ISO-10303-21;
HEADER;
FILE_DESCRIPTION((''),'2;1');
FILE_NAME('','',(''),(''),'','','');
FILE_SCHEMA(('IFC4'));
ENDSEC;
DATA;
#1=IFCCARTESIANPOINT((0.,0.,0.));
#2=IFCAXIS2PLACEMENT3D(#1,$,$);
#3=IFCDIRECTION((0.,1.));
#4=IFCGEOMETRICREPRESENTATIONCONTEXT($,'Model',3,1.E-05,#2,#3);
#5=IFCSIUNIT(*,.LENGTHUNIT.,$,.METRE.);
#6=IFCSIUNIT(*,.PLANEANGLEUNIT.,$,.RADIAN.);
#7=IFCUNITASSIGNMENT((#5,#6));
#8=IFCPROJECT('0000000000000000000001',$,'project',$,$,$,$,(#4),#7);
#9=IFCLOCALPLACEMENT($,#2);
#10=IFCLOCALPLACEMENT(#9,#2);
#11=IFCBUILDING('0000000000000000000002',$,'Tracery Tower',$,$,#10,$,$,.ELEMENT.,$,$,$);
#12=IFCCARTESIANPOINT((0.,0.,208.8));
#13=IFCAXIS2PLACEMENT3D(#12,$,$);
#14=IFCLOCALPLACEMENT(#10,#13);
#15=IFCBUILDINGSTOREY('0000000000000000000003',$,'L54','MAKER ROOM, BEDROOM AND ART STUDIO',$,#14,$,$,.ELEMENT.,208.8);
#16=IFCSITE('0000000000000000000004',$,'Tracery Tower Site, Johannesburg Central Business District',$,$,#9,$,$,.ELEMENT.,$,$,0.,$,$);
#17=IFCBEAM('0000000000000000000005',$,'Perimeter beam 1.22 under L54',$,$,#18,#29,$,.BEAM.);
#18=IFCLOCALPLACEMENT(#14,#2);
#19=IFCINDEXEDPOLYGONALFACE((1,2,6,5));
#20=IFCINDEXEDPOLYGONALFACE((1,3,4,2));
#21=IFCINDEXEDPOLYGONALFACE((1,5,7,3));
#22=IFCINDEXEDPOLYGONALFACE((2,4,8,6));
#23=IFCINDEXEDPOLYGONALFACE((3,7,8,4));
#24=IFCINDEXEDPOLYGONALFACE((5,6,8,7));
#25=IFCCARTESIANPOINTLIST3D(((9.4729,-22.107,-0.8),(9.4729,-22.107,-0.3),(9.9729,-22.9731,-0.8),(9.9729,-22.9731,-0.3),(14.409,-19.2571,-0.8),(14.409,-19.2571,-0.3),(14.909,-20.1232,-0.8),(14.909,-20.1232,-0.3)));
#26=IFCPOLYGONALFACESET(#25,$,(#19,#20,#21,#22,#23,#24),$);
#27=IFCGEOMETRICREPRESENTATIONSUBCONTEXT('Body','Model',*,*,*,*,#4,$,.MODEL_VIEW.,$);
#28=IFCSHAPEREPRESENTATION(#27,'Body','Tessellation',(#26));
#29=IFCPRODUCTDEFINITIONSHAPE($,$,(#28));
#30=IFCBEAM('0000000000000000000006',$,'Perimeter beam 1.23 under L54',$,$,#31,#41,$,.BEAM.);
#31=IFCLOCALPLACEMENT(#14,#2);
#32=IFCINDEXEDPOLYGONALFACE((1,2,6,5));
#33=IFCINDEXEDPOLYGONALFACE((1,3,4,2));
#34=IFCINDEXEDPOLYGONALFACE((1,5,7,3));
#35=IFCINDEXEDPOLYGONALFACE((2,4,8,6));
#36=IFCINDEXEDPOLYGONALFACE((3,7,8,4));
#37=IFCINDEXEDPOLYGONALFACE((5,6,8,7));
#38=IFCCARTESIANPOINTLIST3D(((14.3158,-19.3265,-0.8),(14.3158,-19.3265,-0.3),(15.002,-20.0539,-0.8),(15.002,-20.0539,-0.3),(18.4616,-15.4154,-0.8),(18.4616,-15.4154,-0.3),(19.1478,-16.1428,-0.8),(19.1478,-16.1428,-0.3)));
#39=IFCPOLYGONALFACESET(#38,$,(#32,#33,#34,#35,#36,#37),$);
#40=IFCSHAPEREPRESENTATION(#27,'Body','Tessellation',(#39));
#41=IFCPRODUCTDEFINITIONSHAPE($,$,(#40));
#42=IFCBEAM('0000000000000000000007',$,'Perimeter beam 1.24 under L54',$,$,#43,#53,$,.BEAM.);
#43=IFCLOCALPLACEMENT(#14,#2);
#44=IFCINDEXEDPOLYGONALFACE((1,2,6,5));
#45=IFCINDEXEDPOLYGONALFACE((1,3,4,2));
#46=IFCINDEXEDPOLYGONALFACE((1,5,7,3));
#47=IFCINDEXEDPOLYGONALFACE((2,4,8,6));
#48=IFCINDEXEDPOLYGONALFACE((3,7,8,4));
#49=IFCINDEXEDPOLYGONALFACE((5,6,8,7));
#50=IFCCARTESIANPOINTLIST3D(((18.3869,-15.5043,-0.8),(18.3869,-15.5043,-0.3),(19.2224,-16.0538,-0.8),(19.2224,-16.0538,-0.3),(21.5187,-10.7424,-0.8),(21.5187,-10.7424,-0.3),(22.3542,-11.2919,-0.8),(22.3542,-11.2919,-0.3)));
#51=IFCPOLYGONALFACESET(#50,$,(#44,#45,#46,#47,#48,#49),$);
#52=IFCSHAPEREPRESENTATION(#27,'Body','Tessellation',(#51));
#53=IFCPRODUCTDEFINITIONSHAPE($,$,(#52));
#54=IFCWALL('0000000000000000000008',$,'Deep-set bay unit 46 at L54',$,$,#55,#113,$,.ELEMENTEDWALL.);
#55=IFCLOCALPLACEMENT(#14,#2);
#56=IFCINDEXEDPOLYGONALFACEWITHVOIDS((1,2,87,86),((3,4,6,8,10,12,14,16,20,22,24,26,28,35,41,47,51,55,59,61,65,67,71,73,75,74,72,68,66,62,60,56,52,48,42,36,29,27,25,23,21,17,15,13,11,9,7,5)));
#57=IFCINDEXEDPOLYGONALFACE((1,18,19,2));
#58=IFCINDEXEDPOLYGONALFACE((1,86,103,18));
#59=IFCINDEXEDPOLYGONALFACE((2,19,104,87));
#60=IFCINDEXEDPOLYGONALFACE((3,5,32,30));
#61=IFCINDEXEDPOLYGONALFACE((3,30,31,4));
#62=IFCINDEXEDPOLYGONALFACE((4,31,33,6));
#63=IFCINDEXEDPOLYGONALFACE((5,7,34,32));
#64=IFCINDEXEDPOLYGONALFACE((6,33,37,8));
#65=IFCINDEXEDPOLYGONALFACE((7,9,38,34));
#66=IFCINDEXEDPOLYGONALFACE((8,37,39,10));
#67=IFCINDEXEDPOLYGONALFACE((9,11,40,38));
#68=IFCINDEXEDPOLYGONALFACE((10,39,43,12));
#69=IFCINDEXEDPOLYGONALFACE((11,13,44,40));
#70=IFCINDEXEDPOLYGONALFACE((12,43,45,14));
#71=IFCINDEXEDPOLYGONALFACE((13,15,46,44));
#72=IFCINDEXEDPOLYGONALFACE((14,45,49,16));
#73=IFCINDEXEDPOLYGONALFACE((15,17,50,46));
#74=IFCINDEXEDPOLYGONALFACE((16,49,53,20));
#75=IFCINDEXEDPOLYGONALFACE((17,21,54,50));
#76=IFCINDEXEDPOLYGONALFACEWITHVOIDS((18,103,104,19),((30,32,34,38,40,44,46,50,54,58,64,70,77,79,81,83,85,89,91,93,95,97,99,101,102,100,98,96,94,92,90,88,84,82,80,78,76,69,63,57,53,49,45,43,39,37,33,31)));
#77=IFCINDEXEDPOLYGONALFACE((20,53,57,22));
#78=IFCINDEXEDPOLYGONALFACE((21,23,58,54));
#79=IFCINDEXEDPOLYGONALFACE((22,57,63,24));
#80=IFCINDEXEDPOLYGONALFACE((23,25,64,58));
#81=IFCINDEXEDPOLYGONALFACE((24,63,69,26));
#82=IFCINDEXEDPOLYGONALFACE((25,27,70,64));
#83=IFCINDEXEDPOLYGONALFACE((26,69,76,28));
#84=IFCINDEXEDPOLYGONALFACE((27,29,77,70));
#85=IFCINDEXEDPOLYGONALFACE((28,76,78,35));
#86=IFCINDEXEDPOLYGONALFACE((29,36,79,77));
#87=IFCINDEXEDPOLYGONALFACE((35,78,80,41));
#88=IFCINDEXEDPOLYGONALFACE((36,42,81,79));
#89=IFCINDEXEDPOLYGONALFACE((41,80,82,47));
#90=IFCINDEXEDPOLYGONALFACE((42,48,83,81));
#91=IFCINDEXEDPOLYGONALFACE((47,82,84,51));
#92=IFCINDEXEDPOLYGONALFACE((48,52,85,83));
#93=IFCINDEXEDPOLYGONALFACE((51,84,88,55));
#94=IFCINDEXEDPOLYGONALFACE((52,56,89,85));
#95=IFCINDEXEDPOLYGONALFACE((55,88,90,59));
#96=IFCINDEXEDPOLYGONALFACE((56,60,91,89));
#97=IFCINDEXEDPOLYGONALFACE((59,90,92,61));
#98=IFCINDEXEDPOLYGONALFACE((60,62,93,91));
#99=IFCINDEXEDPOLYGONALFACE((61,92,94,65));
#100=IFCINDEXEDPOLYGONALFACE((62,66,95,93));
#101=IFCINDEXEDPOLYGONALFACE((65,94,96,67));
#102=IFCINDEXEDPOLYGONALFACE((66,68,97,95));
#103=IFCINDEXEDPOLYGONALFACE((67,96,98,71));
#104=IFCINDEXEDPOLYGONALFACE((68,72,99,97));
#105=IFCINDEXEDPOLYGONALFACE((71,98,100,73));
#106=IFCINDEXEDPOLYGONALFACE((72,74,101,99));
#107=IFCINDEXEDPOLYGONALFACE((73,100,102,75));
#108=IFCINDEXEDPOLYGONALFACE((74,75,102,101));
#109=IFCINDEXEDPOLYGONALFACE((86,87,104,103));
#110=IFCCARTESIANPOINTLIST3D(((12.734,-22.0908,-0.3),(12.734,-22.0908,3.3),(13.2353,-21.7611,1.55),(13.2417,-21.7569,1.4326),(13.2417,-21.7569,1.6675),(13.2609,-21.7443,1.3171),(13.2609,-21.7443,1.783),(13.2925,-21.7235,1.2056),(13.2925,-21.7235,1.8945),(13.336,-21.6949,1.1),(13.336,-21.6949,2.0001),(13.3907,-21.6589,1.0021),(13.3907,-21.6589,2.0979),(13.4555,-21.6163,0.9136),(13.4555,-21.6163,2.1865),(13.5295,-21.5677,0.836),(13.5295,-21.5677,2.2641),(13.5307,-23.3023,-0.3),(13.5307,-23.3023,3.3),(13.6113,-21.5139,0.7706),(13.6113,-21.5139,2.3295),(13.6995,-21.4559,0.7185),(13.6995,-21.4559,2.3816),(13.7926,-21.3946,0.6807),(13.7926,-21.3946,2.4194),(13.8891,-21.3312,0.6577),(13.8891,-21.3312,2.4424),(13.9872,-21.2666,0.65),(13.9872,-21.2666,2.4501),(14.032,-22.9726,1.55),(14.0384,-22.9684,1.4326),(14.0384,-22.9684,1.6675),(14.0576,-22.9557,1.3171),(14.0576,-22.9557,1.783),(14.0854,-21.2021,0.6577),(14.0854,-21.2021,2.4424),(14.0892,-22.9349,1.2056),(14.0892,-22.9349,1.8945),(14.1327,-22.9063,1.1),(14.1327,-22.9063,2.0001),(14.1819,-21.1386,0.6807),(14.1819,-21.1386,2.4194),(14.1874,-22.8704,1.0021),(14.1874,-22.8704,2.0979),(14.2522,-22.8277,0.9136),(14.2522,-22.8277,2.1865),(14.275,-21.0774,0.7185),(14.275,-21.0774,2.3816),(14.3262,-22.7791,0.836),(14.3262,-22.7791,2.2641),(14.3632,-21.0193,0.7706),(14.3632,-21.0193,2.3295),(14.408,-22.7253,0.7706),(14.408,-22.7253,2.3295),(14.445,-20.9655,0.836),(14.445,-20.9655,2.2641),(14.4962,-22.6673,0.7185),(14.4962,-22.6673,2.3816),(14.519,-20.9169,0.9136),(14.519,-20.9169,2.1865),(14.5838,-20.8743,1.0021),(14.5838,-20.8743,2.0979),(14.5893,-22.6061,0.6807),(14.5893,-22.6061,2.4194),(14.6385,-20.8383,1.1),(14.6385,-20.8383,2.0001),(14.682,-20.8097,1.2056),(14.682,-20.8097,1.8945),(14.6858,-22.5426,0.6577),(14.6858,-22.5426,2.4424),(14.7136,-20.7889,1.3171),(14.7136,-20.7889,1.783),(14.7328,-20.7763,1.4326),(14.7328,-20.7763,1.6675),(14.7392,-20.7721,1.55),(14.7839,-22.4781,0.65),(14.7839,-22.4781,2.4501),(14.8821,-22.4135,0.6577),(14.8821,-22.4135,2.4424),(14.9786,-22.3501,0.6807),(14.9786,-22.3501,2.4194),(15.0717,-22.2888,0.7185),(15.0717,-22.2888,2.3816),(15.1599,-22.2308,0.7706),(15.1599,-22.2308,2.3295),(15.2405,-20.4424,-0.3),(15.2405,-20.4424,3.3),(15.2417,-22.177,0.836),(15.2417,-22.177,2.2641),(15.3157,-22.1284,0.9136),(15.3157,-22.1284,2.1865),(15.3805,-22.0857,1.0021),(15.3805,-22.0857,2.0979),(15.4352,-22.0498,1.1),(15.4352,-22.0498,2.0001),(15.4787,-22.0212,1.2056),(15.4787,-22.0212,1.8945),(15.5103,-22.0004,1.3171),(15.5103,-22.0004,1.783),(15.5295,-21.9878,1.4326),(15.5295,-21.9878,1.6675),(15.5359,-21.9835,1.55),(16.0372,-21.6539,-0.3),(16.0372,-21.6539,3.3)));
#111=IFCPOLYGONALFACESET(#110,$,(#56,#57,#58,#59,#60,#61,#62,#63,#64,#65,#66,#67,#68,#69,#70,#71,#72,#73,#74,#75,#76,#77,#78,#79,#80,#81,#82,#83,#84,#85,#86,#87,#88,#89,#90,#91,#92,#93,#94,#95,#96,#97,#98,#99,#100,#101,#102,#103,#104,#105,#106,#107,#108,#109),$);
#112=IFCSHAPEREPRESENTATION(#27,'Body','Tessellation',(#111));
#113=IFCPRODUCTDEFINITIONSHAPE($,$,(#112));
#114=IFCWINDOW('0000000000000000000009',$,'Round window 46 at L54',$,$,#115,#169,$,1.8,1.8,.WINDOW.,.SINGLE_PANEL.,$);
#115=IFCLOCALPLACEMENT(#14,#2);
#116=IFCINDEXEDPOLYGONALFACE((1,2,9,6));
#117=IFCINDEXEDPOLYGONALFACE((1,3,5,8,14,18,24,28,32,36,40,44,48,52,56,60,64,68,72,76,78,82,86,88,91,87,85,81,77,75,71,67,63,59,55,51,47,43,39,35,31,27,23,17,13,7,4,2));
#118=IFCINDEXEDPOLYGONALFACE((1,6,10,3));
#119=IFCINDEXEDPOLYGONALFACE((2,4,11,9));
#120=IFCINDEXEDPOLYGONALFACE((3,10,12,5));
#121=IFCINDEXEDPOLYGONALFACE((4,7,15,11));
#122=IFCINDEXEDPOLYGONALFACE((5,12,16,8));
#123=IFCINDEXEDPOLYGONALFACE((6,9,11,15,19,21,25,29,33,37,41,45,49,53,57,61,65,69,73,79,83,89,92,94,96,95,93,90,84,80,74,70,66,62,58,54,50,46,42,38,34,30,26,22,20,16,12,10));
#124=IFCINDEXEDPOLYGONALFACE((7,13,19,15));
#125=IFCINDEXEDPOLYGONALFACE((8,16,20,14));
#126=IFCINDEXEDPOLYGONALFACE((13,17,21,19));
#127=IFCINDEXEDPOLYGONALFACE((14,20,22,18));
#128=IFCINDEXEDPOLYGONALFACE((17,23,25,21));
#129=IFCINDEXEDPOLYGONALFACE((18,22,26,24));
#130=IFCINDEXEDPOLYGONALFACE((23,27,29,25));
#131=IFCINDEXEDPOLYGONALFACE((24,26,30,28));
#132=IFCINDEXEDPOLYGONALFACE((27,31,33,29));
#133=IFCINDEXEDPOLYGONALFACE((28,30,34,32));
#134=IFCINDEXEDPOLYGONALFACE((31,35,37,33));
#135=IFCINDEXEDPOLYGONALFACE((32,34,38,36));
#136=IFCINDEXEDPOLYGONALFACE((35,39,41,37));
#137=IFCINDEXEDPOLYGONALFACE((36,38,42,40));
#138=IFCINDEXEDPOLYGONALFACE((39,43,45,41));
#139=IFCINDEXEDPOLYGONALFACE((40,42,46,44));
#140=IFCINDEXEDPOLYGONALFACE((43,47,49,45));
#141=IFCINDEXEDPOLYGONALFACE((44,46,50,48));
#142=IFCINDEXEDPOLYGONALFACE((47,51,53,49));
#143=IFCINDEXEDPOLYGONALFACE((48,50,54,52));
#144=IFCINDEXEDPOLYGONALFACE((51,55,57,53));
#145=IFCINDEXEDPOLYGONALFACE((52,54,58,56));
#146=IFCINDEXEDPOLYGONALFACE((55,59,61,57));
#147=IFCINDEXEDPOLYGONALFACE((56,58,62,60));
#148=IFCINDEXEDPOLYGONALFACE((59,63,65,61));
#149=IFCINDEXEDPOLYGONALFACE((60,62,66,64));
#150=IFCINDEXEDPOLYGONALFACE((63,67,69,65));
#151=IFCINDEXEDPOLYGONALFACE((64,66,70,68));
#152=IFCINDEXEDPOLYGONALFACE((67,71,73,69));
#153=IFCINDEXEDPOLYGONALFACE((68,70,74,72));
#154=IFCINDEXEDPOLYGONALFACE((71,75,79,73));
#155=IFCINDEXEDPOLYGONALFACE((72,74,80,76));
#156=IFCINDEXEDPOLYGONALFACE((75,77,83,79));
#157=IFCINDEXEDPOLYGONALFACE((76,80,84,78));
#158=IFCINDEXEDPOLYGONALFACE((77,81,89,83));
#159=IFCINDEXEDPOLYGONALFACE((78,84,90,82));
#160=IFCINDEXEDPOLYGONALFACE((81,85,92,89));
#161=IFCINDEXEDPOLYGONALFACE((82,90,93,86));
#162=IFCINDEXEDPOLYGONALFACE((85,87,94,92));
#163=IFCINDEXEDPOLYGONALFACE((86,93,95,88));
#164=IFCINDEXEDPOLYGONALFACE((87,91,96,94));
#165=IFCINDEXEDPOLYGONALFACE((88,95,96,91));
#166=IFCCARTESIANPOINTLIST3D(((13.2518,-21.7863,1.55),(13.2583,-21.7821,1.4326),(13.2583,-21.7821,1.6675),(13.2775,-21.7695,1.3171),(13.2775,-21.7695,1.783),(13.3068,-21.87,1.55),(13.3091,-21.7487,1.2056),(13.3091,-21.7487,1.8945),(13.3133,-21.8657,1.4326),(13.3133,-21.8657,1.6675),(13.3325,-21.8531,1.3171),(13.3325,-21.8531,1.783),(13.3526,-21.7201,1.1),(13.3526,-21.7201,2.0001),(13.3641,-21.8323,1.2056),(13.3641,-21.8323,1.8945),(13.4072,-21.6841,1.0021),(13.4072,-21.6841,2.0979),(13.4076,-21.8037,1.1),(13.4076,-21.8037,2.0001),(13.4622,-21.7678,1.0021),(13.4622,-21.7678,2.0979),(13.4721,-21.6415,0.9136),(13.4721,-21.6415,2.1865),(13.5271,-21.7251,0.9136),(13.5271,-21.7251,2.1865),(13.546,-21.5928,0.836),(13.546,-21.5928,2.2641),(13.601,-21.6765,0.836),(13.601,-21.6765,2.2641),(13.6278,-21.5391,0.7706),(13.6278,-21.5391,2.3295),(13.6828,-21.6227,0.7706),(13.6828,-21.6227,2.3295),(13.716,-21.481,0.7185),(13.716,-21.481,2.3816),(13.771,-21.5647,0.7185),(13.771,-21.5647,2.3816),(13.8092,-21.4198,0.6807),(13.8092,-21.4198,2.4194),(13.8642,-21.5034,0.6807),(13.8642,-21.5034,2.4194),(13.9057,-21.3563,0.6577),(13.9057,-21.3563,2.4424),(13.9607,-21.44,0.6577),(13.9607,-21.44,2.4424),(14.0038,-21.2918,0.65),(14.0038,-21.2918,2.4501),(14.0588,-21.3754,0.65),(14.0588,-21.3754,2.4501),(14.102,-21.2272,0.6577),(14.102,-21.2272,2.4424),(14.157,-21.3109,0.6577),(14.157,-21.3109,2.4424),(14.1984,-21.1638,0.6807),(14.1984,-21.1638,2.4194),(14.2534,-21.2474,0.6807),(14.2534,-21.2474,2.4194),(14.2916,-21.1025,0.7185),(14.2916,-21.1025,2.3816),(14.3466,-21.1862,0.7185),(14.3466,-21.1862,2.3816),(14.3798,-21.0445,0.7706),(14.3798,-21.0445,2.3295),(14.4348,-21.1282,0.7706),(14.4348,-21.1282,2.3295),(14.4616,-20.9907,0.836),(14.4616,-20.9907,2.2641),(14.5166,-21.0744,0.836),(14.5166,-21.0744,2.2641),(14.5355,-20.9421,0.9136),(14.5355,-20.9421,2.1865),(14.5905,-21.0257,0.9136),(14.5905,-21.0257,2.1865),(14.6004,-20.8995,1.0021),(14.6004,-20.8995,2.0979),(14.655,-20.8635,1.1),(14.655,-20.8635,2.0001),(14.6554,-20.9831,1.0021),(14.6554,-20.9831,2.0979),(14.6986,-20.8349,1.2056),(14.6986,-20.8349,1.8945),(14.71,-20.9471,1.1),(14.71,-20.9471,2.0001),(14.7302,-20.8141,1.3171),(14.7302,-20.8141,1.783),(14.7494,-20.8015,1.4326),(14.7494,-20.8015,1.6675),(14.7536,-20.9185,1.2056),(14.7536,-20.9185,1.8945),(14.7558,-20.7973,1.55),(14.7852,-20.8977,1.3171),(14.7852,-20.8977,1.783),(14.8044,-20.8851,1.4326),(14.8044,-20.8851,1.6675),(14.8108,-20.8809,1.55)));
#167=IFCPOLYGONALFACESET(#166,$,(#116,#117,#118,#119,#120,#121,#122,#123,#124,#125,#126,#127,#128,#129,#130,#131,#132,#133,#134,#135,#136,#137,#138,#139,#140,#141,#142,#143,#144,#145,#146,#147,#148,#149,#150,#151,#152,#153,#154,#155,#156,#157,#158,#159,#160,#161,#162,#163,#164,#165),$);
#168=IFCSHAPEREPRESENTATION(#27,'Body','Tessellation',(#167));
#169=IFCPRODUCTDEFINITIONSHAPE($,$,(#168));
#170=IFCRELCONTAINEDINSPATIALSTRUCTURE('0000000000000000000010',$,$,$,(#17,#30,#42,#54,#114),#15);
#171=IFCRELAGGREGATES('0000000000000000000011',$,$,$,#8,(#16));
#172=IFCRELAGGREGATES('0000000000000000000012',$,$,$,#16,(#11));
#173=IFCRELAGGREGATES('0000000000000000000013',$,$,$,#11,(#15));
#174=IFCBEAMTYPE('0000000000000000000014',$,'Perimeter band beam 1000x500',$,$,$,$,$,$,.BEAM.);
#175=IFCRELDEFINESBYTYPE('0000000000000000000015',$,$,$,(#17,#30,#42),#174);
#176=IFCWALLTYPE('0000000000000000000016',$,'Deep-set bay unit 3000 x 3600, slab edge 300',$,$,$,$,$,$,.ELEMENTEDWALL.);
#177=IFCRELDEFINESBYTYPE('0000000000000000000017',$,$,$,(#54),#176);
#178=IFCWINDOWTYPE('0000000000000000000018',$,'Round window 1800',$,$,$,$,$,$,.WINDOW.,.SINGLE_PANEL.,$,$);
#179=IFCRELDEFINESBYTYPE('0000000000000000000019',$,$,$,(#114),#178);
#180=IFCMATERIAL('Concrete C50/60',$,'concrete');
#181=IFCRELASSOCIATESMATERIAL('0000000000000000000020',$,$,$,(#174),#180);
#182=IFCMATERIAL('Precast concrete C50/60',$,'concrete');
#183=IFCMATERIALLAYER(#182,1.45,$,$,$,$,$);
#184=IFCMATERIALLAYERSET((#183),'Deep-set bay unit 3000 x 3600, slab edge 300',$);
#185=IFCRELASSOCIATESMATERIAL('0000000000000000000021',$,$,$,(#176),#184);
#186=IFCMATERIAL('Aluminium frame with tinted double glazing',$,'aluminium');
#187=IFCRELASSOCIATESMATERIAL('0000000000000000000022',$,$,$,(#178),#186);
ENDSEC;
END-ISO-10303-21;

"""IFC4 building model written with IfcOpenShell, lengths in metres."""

from ifc_helpers import new_model, si_unit, direction, frame, frame_2d, origin, origin_2d, place, context, subcontext, project, spatial, rectangle, circle, extrude, material, layer, layer_set, material_profile, profile_set, type_object, element, fill, save


model = new_model("IFC4")

# Units and contexts
model_context = context("Model", 3, precision=1e-05, world=origin(), true_north=direction((0.0, 1.0)))
body_context = subcontext(model_context, "Body", "Model", "MODEL_VIEW")
ifc_project = project(units=[si_unit("LENGTHUNIT", "METRE"), si_unit("PLANEANGLEUNIT", "RADIAN")], contexts=[model_context])

# Site, building, storey
site_placement = place(None, origin())
site = spatial("IfcSite", under=ifc_project, at=site_placement, Name="Tracery Tower Site, Johannesburg Central Business District", CompositionType="ELEMENT", RefElevation=0.0)
building_placement = place(site_placement, origin())
building = spatial("IfcBuilding", under=site, at=building_placement, Name="Tracery Tower", CompositionType="ELEMENT")
storey_placement = place(building_placement, frame((0.0, 0.0, 208.8)))
storey = spatial("IfcBuildingStorey", under=building, at=storey_placement, Name="L54", Description="MAKER ROOM, BEDROOM AND ART STUDIO", CompositionType="ELEMENT", Elevation=208.8)

# Beams
ifc_material_1 = material(Name="Concrete C50/60", Category="concrete")
ifc_material_profile_1 = material_profile(ifc_material_1, rectangle(XDim=1.0, YDim=0.5, at=origin_2d()), Name="RC 1000x500")
ifc_profile_set_1 = profile_set([ifc_material_profile_1], Name="Concrete C50/60")
beam_type = type_object("IfcBeamType", Name="Perimeter band beam 1000x500", PredefinedType="BEAM", material=ifc_profile_set_1)
beam_placement = place(storey_placement, frame((9.7229, -22.54, -0.55), z_axis=(0.866023, 0.500004, 0.0), x_axis=(-0.500004, 0.866023, 0.0)))
element("IfcBeam", 1, at=beam_placement, inside=storey, type_object=beam_type, Name="Perimeter beam 1.22 under L54", PredefinedType="BEAM", context=body_context, shape_type="SweptSolid", body=[
    extrude(rectangle(XDim=1.0, YDim=0.5, at=origin_2d()), origin(), (0.0, 0.0, 1.0), 5.6997),
])
for number, where, z_axis, x_axis, name in (
    (2, (14.6589, -19.6902, -0.55), (0.72739, 0.686225, 0.0), (-0.686225, 0.72739, 0.0), "Perimeter beam 1.23 under L54"),
    (3, (18.8047, -15.7791, -0.55), (0.54949, 0.8355, 0.0), (-0.8355, 0.54949, 0.0), "Perimeter beam 1.24 under L54"),
):
    element("IfcBeam", number, at=place(storey_placement, frame(where, z_axis=z_axis, x_axis=x_axis)), inside=storey, type_object=beam_type, Name=name, PredefinedType="BEAM", context=body_context, shape_type="SweptSolid", body=[
        extrude(rectangle(XDim=1.0, YDim=0.5, at=origin_2d()), origin(), (0.0, 0.0, 1.0), 5.6995),
    ])

# Wall, opening, window
ifc_material_2 = material(Name="Precast concrete C50/60", Category="concrete")
ifc_layer_1 = layer(ifc_material_2, 1.45)
ifc_layer_set_1 = layer_set([ifc_layer_1], Name="Deep-set bay unit 3000 x 3600, slab edge 300")
wall_type_1 = type_object("IfcWallType", Name="Deep-set bay unit 3000 x 3600, slab edge 300", PredefinedType="ELEMENTEDWALL", material=ifc_layer_set_1)
wall_1_placement = place(storey_placement, frame((13.1323, -22.6965, -0.3), z_axis=(0.0, 0.0, 1.0), x_axis=(0.835514, 0.549469, 0.0)))
wall_1 = element("IfcWall", 4, at=wall_1_placement, inside=storey, type_object=wall_type_1, Name="Deep-set bay unit 46 at L54", PredefinedType="ELEMENTEDWALL", context=body_context, shape_type="SweptSolid", body=[
    extrude(rectangle(XDim=3.0, YDim=1.45, at=frame_2d((1.5, 0.0))), origin(), (0.0, 0.0, 1.0), 3.6001),
])
opening_1_placement = place(wall_1_placement, frame((1.5, 0.0, 1.8501)))
opening_1 = element("IfcOpeningElement", 5, at=opening_1_placement, cuts=wall_1, PredefinedType="OPENING", context=body_context, shape_type="SweptSolid", body=[
    extrude(circle(Radius=0.9, at=origin_2d()), frame((0.0, 0.7349, 0.0), z_axis=(0.0, -1.0, 0.0), x_axis=(1.0, 0.0, 0.0)), (0.0, 0.0, 1.0), 1.47),
])
ifc_material_3 = material(Name="Aluminium frame with tinted double glazing", Category="aluminium")
window_type = type_object("IfcWindowType", Name="Round window 1800", PartitioningType="SINGLE_PANEL", PredefinedType="WINDOW", material=ifc_material_3)
window_1_placement = place(opening_1_placement, origin())
window_1 = element("IfcWindow", 6, at=window_1_placement, inside=storey, type_object=window_type, Name="Round window 46 at L54", OverallHeight=1.8, OverallWidth=1.8, PartitioningType="SINGLE_PANEL", PredefinedType="WINDOW", context=body_context, shape_type="SweptSolid", body=[
    extrude(circle(Radius=0.9, at=origin_2d()), frame((0.0, 0.6948, 0.0), z_axis=(0.0, -1.0, 0.0), x_axis=(1.0, 0.0, 0.0)), (0.0, 0.0, 1.0), 0.1001),
])
fill(opening_1, window_1)

save(model, "model.ifc")
